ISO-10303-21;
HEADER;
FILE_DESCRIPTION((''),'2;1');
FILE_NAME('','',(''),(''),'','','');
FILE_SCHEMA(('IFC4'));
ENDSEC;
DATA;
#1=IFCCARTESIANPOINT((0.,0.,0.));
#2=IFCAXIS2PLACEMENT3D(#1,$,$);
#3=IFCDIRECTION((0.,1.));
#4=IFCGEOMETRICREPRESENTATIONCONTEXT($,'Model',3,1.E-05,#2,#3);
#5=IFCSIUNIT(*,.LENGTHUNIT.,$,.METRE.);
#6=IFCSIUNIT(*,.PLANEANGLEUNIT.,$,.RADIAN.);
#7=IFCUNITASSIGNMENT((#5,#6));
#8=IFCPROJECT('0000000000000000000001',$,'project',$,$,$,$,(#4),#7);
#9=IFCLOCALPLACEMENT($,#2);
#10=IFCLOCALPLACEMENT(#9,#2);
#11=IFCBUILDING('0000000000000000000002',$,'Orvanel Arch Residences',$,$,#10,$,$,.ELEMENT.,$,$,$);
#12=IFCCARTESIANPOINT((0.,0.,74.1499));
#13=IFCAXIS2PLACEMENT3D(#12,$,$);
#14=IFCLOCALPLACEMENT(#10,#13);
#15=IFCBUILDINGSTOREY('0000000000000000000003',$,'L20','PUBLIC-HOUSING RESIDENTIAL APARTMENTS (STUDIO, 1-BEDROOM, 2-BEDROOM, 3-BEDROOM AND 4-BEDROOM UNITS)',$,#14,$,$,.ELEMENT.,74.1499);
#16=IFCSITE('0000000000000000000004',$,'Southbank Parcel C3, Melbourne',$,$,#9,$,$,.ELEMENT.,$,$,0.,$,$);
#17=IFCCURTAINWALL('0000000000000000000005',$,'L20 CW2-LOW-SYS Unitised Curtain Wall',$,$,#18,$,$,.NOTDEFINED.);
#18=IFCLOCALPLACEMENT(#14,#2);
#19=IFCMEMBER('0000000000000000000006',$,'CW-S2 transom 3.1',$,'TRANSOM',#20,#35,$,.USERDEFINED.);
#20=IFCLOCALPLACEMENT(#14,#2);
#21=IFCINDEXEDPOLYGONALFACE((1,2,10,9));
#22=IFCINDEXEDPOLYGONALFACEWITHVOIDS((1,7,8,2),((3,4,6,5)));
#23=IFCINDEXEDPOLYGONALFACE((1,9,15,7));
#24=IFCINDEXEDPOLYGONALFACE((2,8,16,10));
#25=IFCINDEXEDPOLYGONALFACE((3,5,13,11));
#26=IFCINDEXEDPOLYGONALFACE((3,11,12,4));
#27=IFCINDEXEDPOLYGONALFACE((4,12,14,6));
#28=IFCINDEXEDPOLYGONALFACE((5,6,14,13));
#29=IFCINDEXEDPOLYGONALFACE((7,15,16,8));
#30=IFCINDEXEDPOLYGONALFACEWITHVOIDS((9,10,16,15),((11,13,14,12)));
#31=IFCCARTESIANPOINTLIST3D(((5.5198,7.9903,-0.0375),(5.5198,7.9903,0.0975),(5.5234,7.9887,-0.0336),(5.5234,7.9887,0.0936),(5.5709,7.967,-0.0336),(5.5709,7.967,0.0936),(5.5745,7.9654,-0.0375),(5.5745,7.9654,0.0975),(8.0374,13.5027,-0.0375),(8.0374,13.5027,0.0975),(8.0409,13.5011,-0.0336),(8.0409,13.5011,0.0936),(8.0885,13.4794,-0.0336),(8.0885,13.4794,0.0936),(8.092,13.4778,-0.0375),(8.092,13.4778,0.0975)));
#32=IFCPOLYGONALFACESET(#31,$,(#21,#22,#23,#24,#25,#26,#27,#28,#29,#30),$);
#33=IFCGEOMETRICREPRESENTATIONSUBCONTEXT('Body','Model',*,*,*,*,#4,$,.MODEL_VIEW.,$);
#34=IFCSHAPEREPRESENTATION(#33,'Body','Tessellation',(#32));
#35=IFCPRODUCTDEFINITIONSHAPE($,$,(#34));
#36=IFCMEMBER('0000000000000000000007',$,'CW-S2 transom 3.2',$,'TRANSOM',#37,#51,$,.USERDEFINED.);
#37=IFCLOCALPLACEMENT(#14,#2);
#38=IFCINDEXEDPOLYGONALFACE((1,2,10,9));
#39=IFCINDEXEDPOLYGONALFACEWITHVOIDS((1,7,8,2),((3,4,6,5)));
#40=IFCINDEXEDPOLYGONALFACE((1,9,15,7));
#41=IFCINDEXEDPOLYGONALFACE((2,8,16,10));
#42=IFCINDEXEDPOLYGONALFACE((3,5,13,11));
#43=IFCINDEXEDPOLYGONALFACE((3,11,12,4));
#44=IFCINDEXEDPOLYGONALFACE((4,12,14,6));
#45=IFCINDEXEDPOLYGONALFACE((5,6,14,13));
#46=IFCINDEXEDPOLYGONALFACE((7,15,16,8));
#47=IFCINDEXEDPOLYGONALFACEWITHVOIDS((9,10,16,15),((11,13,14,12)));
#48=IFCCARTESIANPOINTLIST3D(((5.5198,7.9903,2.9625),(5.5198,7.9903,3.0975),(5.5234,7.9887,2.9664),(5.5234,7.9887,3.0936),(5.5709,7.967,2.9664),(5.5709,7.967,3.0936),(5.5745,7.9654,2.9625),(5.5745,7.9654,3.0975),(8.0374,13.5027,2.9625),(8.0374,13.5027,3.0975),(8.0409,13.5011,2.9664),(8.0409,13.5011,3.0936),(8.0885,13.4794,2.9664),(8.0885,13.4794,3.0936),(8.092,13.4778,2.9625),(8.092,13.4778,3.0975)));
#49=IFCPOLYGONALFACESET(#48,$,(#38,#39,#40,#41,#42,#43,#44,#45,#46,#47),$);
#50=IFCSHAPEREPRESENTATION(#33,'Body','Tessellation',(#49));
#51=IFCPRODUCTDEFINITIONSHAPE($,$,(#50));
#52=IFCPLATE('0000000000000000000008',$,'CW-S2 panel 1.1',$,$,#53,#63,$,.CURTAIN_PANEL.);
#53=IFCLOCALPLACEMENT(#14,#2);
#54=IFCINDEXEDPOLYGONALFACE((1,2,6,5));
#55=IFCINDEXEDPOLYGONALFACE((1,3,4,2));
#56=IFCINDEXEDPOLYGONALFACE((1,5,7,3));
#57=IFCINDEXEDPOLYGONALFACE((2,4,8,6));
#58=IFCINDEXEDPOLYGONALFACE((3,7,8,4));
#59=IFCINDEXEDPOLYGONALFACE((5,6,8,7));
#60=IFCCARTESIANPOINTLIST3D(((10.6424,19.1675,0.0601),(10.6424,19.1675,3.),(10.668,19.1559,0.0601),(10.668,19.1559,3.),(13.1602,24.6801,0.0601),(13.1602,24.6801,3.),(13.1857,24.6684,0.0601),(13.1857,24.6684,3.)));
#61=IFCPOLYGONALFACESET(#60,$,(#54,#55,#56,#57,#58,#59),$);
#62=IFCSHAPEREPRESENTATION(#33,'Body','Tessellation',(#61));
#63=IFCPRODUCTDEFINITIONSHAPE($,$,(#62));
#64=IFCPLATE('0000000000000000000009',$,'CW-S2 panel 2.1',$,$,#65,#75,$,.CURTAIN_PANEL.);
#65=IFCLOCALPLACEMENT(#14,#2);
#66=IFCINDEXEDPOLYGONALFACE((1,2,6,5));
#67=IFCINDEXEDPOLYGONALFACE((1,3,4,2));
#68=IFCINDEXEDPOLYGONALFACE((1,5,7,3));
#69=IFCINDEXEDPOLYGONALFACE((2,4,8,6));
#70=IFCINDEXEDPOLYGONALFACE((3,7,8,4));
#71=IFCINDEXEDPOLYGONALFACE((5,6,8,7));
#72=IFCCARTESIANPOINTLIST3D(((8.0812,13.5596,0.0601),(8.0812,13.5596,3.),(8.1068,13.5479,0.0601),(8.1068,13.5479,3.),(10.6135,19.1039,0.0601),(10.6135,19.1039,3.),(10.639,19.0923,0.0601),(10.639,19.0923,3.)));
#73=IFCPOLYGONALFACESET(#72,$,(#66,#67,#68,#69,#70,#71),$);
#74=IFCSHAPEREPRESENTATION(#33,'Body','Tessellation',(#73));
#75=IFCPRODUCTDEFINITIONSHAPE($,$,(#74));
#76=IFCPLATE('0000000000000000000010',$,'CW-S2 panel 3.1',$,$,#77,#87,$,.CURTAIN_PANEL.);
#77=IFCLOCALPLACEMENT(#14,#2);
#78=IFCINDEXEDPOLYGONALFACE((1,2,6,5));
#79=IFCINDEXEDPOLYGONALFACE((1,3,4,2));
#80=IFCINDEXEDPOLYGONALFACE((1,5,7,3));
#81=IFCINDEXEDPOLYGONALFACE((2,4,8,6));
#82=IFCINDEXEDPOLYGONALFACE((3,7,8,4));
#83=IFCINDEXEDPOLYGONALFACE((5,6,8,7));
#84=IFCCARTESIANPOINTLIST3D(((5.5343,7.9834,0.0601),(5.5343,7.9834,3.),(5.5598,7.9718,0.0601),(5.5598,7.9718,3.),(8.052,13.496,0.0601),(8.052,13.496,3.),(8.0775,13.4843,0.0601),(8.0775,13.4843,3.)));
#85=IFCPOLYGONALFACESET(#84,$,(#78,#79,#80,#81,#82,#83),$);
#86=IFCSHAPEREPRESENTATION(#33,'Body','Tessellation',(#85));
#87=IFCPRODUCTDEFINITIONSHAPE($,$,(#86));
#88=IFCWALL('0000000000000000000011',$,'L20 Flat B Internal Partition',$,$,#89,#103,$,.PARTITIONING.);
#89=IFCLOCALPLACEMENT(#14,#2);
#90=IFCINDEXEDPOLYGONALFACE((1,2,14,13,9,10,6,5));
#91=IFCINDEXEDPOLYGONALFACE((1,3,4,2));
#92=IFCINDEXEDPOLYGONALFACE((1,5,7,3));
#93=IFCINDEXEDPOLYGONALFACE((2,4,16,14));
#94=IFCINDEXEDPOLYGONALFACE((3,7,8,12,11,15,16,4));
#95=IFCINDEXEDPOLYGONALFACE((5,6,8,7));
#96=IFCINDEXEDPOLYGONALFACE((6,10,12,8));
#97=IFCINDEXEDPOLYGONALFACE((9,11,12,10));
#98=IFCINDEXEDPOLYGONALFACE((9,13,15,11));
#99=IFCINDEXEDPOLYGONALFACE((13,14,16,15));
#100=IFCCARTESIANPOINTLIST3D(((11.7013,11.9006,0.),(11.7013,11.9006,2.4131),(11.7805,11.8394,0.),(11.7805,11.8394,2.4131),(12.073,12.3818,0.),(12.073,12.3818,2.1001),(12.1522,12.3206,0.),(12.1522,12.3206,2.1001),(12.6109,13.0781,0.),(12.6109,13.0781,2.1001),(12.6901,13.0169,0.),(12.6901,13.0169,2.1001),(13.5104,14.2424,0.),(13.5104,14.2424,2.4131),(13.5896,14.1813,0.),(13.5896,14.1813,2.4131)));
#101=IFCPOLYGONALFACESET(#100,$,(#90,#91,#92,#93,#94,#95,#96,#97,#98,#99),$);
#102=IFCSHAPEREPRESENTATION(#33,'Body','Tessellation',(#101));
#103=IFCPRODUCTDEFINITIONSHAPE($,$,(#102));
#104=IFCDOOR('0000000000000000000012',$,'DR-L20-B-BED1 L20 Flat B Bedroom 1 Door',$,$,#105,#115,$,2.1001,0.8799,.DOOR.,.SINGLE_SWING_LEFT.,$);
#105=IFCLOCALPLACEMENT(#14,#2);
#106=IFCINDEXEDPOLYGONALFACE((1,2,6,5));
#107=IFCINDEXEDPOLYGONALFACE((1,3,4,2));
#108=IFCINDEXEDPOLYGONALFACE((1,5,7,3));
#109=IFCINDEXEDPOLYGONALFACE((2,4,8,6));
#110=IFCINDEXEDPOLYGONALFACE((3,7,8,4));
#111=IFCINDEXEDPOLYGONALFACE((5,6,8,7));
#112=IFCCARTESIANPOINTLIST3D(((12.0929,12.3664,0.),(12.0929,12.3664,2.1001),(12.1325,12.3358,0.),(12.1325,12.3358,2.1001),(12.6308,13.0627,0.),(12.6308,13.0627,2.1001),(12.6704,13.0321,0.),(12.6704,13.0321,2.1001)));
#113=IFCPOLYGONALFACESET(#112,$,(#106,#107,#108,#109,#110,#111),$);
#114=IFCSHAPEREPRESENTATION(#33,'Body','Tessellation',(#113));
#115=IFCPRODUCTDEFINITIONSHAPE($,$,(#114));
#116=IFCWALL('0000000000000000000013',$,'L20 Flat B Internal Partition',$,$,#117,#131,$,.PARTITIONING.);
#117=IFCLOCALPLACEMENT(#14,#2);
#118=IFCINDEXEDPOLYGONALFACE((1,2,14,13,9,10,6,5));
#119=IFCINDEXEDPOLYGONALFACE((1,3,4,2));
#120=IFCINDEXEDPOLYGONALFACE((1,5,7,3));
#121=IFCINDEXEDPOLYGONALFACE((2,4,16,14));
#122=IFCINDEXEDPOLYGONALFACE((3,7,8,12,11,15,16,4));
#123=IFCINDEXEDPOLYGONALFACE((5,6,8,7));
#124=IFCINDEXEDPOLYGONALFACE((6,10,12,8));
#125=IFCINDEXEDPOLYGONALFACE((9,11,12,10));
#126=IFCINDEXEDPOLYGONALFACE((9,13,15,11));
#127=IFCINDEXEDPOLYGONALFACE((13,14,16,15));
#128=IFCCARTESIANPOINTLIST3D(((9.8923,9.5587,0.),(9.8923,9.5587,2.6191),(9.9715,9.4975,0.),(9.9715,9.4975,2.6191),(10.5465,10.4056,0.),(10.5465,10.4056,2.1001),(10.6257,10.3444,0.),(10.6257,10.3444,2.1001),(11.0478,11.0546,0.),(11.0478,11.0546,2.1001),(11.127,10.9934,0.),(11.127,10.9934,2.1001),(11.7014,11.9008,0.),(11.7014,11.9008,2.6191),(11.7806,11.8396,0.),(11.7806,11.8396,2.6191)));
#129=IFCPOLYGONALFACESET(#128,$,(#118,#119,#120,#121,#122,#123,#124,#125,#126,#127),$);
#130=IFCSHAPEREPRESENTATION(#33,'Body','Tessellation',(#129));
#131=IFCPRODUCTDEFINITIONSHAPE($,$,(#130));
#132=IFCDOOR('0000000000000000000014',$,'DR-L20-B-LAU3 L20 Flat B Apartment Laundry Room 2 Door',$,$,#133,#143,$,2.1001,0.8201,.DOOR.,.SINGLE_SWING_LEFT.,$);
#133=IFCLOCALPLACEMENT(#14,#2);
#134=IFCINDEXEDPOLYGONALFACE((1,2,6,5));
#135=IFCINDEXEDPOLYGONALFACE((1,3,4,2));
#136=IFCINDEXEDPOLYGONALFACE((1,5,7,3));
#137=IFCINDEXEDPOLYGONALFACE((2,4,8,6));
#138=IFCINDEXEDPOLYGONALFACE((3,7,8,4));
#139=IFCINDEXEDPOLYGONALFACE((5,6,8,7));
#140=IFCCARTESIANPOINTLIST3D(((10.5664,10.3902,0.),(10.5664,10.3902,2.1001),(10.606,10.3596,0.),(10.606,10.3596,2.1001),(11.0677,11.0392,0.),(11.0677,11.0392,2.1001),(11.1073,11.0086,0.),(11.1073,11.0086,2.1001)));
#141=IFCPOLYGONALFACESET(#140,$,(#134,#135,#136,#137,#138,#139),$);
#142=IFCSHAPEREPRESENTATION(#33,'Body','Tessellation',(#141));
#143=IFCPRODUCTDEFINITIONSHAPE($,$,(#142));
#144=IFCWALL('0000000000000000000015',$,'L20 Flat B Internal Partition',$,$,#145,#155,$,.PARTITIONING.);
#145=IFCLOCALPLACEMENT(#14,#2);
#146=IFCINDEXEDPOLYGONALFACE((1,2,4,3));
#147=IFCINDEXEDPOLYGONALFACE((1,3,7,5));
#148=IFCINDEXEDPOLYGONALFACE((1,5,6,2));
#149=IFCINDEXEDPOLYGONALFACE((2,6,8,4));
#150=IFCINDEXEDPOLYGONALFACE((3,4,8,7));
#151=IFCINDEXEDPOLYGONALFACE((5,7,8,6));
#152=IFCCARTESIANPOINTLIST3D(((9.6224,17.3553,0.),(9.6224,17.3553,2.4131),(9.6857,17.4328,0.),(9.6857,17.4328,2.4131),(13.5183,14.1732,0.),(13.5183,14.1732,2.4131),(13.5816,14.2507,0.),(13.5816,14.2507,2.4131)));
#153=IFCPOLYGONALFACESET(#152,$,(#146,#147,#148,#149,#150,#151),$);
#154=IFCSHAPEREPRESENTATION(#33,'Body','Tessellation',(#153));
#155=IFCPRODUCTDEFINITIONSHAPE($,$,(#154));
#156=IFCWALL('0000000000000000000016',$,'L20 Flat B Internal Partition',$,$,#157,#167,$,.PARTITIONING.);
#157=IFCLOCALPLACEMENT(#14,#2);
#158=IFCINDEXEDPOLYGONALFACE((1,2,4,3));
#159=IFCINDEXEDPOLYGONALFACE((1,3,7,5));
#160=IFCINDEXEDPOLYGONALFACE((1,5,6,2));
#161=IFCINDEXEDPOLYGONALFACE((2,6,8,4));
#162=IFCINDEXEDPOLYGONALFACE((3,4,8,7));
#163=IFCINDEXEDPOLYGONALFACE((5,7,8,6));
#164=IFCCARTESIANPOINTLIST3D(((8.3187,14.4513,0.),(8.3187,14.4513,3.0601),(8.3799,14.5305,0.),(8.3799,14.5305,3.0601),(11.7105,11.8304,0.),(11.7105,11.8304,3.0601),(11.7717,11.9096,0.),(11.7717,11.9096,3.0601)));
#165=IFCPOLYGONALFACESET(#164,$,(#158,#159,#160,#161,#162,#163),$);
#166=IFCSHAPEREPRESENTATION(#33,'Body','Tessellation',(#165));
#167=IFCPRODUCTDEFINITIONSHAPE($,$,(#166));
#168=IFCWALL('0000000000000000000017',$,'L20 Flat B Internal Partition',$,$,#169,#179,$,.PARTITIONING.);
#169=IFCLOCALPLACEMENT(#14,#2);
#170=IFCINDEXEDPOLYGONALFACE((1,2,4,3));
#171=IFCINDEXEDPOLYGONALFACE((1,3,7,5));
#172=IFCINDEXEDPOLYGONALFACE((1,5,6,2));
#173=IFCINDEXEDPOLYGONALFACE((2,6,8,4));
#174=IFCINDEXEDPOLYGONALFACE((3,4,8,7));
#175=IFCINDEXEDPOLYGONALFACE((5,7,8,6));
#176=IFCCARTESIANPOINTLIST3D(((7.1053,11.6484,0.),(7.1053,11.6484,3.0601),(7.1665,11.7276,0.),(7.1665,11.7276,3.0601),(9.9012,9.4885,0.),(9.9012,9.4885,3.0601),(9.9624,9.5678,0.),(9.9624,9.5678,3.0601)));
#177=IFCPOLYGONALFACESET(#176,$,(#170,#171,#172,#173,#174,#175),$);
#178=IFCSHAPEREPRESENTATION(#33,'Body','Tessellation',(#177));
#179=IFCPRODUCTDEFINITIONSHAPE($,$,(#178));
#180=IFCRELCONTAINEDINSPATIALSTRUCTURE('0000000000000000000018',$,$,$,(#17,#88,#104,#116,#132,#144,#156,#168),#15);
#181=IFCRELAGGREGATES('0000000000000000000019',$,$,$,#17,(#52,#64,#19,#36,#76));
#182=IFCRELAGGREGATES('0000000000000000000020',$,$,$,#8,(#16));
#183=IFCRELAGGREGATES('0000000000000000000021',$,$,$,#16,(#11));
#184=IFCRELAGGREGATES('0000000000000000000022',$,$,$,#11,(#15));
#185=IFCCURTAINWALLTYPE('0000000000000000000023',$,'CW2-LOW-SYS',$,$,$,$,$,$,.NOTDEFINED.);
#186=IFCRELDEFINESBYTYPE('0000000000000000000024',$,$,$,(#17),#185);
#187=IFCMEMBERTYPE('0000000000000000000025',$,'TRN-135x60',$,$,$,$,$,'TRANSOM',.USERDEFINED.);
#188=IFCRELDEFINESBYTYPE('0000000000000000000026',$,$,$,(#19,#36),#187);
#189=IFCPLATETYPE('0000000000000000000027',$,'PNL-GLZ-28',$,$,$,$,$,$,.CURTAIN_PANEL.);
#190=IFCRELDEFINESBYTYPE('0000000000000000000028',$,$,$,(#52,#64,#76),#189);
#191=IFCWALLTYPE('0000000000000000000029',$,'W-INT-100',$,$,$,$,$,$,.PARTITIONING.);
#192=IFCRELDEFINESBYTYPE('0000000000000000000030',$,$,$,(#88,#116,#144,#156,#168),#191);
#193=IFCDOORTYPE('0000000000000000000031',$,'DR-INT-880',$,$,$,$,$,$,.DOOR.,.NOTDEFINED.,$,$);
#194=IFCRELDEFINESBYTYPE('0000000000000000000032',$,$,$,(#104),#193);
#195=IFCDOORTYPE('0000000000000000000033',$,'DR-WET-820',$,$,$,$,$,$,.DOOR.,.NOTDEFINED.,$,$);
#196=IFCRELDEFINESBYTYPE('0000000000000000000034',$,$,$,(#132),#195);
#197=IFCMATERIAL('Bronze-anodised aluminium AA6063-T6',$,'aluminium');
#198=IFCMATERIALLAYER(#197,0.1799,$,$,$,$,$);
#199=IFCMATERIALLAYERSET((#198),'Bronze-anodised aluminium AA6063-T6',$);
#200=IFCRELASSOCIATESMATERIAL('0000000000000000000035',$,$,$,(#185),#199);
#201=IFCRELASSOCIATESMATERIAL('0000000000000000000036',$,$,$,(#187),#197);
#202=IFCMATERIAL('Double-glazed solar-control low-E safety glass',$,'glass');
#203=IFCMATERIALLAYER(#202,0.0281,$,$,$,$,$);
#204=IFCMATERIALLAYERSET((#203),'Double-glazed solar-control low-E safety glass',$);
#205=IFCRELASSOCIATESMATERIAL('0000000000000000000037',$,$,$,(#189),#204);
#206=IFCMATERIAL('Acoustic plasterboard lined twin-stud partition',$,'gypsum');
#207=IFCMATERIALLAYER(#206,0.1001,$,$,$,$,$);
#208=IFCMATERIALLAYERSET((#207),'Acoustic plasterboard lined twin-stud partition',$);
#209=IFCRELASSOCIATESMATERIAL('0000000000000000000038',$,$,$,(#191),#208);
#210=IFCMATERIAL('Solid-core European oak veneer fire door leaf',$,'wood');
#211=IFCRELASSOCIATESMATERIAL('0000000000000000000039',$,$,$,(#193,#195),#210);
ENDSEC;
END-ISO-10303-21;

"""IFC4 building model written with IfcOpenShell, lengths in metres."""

from ifc_helpers import new_model, si_unit, direction, frame, frame_2d, origin, origin_2d, place, context, subcontext, project, spatial, rectangle, hollow_rectangle, extrude, material, layer, layer_set, material_profile, profile_set, type_object, element, fill, aggregate, save


model = new_model("IFC4")

# Units and contexts
model_context = context("Model", 3, precision=1e-05, world=origin(), true_north=direction((0.0, 1.0)))
body_context = subcontext(model_context, "Body", "Model", "MODEL_VIEW")
ifc_project = project(units=[si_unit("LENGTHUNIT", "METRE"), si_unit("PLANEANGLEUNIT", "RADIAN")], contexts=[model_context])

# Site, building, storey
site_placement = place(None, origin())
site = spatial("IfcSite", under=ifc_project, at=site_placement, Name="Southbank Parcel C3, Melbourne", CompositionType="ELEMENT", RefElevation=0.0)
building_placement = place(site_placement, origin())
building = spatial("IfcBuilding", under=site, at=building_placement, Name="Orvanel Arch Residences", CompositionType="ELEMENT")
storey_placement = place(building_placement, frame((0.0, 0.0, 74.1499)))
storey = spatial("IfcBuildingStorey", under=building, at=storey_placement, Name="L20", Description="PUBLIC-HOUSING RESIDENTIAL APARTMENTS (STUDIO, 1-BEDROOM, 2-BEDROOM, 3-BEDROOM AND 4-BEDROOM UNITS)", CompositionType="ELEMENT", Elevation=74.1499)

# Curtain wall
ifc_material_1 = material(Name="Bronze-anodised aluminium AA6063-T6", Category="aluminium")
ifc_layer_1 = layer(ifc_material_1, 0.1799)
ifc_layer_set_1 = layer_set([ifc_layer_1], Name="Bronze-anodised aluminium AA6063-T6")
curtain_wall_type = type_object("IfcCurtainWallType", Name="CW2-LOW-SYS", PredefinedType="NOTDEFINED", material=ifc_layer_set_1)
curtain_wall_placement = place(storey_placement, origin())
curtain_wall = element("IfcCurtainWall", 1, at=curtain_wall_placement, inside=storey, type_object=curtain_wall_type, Name="L20 CW2-LOW-SYS Unitised Curtain Wall", PredefinedType="NOTDEFINED")

# Members
ifc_material_profile_1 = material_profile(ifc_material_1, hollow_rectangle(XDim=0.0601, YDim=0.135, WallThickness=0.0039, at=origin_2d()), Name="ALU135x60x4")
ifc_profile_set_1 = profile_set([ifc_material_profile_1], Name="Bronze-anodised aluminium AA6063-T6")
member_type_1 = type_object("IfcMemberType", Name="TRN-135x60", ElementType="TRANSOM", PredefinedType="USERDEFINED", material=ifc_profile_set_1)
member_1_placement = place(storey_placement, frame((8.0647, 13.4902, 0.03), z_axis=(-0.415432, -0.909624, 0.0), x_axis=(0.909624, -0.415432, 0.0)))
member_1 = element("IfcMember", 2, at=member_1_placement, type_object=member_type_1, Name="CW-S2 transom 3.1", ObjectType="TRANSOM", PredefinedType="USERDEFINED", context=body_context, shape_type="SweptSolid", body=[
    extrude(hollow_rectangle(XDim=0.0601, YDim=0.135, WallThickness=0.0039, at=origin_2d()), origin(), (0.0, 0.0, 1.0), 6.0601),
])
member_2_placement = place(storey_placement, frame((8.0647, 13.4902, 3.03), z_axis=(-0.415432, -0.909624, 0.0), x_axis=(0.909624, -0.415432, 0.0)))
member_2 = element("IfcMember", 3, at=member_2_placement, type_object=member_type_1, Name="CW-S2 transom 3.2", ObjectType="TRANSOM", PredefinedType="USERDEFINED", context=body_context, shape_type="SweptSolid", body=[
    extrude(hollow_rectangle(XDim=0.0601, YDim=0.135, WallThickness=0.0039, at=origin_2d()), origin(), (0.0, 0.0, 1.0), 6.0601),
])

# Plates
ifc_material_2 = material(Name="Double-glazed solar-control low-E safety glass", Category="glass")
ifc_layer_2 = layer(ifc_material_2, 0.0281)
ifc_layer_set_2 = layer_set([ifc_layer_2], Name="Double-glazed solar-control low-E safety glass")
plate_type = type_object("IfcPlateType", Name="PNL-GLZ-28", PredefinedType="CURTAIN_PANEL", material=ifc_layer_set_2)
plate_1_placement = place(storey_placement, frame((11.9141, 21.918, 0.0601), z_axis=(0.0, 0.0, 1.0), x_axis=(-0.415448, -0.909617, 0.0)))
plate_1 = element("IfcPlate", 4, at=plate_1_placement, type_object=plate_type, Name="CW-S2 panel 1.1", PredefinedType="CURTAIN_PANEL", context=body_context, shape_type="SweptSolid", body=[
    extrude(rectangle(XDim=6.0603, YDim=0.0281, at=origin_2d()), origin(), (0.0, 0.0, 1.0), 2.9399),
])
plate_2_placement = place(storey_placement, frame((9.3601, 16.3259, 0.0601), z_axis=(0.0, 0.0, 1.0), x_axis=(-0.415448, -0.909617, 0.0)))
plate_2 = element("IfcPlate", 5, at=plate_2_placement, type_object=plate_type, Name="CW-S2 panel 2.1", PredefinedType="CURTAIN_PANEL", context=body_context, shape_type="SweptSolid", body=[
    extrude(rectangle(XDim=6.0952, YDim=0.0281, at=origin_2d()), origin(), (0.0, 0.0, 1.0), 2.9399),
])
plate_3_placement = place(storey_placement, frame((6.8059, 10.7339, 0.0601), z_axis=(0.0, 0.0, 1.0), x_axis=(-0.415448, -0.909617, 0.0)))
plate_3 = element("IfcPlate", 6, at=plate_3_placement, type_object=plate_type, Name="CW-S2 panel 3.1", PredefinedType="CURTAIN_PANEL", context=body_context, shape_type="SweptSolid", body=[
    extrude(rectangle(XDim=6.0603, YDim=0.0281, at=origin_2d()), origin(), (0.0, 0.0, 1.0), 2.9399),
])
aggregate(curtain_wall, [plate_1, plate_2, member_1, member_2, plate_3])

# Walls, openings, doors
ifc_material_3 = material(Name="Acoustic plasterboard lined twin-stud partition", Category="gypsum")
ifc_layer_3 = layer(ifc_material_3, 0.1001)
ifc_layer_set_3 = layer_set([ifc_layer_3], Name="Acoustic plasterboard lined twin-stud partition")
wall_type_1 = type_object("IfcWallType", Name="W-INT-100", PredefinedType="PARTITIONING", material=ifc_layer_set_3)
wall_1_placement = place(storey_placement, frame((11.741, 11.8701, 0.0), z_axis=(0.0, 0.0, 1.0), x_axis=(0.611344, 0.791365, 0.0)))
wall_1 = element("IfcWall", 7, at=wall_1_placement, inside=storey, type_object=wall_type_1, Name="L20 Flat B Internal Partition", PredefinedType="PARTITIONING", context=body_context, shape_type="SweptSolid", body=[
    extrude(rectangle(XDim=2.9592, YDim=0.1001, at=frame_2d((1.4795, 0.0))), origin(), (0.0, 0.0, 1.0), 2.4131),
])
opening_1_placement = place(wall_1_placement, frame((0.6079, 0.0, 0.0)))
opening_1 = element("IfcOpeningElement", 8, at=opening_1_placement, cuts=wall_1, PredefinedType="OPENING", context=body_context, shape_type="SweptSolid", body=[
    extrude(rectangle(XDim=0.8799, YDim=2.1001, at=frame_2d((0.4399, 1.05))), frame((0.0, 0.0601, 0.0), z_axis=(0.0, -1.0, 0.0), x_axis=(1.0, 0.0, 0.0)), (0.0, 0.0, 1.0), 0.1201),
])
ifc_material_4 = material(Name="Solid-core European oak veneer fire door leaf", Category="wood")
door_type_1 = type_object("IfcDoorType", Name="DR-INT-880", OperationType="NOTDEFINED", PredefinedType="DOOR", material=ifc_material_4)
door_1_placement = place(opening_1_placement, origin())
door_1 = element("IfcDoor", 9, at=door_1_placement, inside=storey, type_object=door_type_1, Name="DR-L20-B-BED1 L20 Flat B Bedroom 1 Door", OperationType="SINGLE_SWING_LEFT", OverallHeight=2.1001, OverallWidth=0.8799, PredefinedType="DOOR", context=body_context, shape_type="SweptSolid", body=[
    extrude(rectangle(XDim=0.8799, YDim=2.1001, at=frame_2d((0.4399, 1.05))), frame((0.0, 0.0249, 0.0), z_axis=(0.0, -1.0, 0.0), x_axis=(1.0, 0.0, 0.0)), (0.0, 0.0, 1.0), 0.05),
])
fill(opening_1, door_1)
wall_2_placement = place(storey_placement, frame((9.9319, 9.5281, 0.0), z_axis=(0.0, 0.0, 1.0), x_axis=(0.611304, 0.791396, 0.0)))
wall_2 = element("IfcWall", 10, at=wall_2_placement, inside=storey, type_object=wall_type_1, Name="L20 Flat B Internal Partition", PredefinedType="PARTITIONING", context=body_context, shape_type="SweptSolid", body=[
    extrude(rectangle(XDim=2.9595, YDim=0.1001, at=frame_2d((1.4797, 0.0))), origin(), (0.0, 0.0, 1.0), 2.6191),
])
opening_2_placement = place(wall_2_placement, frame((1.0701, 0.0, 0.0)))
opening_2 = element("IfcOpeningElement", 11, at=opening_2_placement, cuts=wall_2, PredefinedType="OPENING", context=body_context, shape_type="SweptSolid", body=[
    extrude(rectangle(XDim=0.8201, YDim=2.1001, at=frame_2d((0.4102, 1.05))), frame((0.0, 0.0601, 0.0), z_axis=(0.0, -1.0, 0.0), x_axis=(1.0, 0.0, 0.0)), (0.0, 0.0, 1.0), 0.1201),
])
door_type_2 = type_object("IfcDoorType", Name="DR-WET-820", OperationType="NOTDEFINED", PredefinedType="DOOR", material=ifc_material_4)
door_2_placement = place(opening_2_placement, origin())
door_2 = element("IfcDoor", 12, at=door_2_placement, inside=storey, type_object=door_type_2, Name="DR-L20-B-LAU3 L20 Flat B Apartment Laundry Room 2 Door", OperationType="SINGLE_SWING_LEFT", OverallHeight=2.1001, OverallWidth=0.8201, PredefinedType="DOOR", context=body_context, shape_type="SweptSolid", body=[
    extrude(rectangle(XDim=0.8201, YDim=2.1001, at=frame_2d((0.4102, 1.05))), frame((0.0, 0.0249, 0.0), z_axis=(0.0, -1.0, 0.0), x_axis=(1.0, 0.0, 0.0)), (0.0, 0.0, 1.0), 0.05),
])
fill(opening_2, door_2)

# Walls
wall_3_placement = place(storey_placement, frame((9.6541, 17.394, 0.0), z_axis=(0.0, 0.0, 1.0), x_axis=(0.774493, -0.632582, 0.0)))
element("IfcWall", 13, at=wall_3_placement, inside=storey, type_object=wall_type_1, Name="L20 Flat B Internal Partition", PredefinedType="PARTITIONING", context=body_context, shape_type="SweptSolid", body=[
    extrude(rectangle(XDim=5.0303, YDim=0.1001, at=frame_2d((2.5151, 0.0))), origin(), (0.0, 0.0, 1.0), 2.4131),
])
wall_4_placement = place(storey_placement, frame((11.741, 11.8701, 0.0), z_axis=(0.0, 0.0, 1.0), x_axis=(-0.791299, 0.61143, 0.0)))
element("IfcWall", 14, at=wall_4_placement, inside=storey, type_object=wall_type_1, Name="L20 Flat B Internal Partition", PredefinedType="PARTITIONING", context=body_context, shape_type="SweptSolid", body=[
    extrude(rectangle(XDim=4.2864, YDim=0.1001, at=frame_2d((2.1431, 0.0))), origin(), (0.0, 0.0, 1.0), 3.0601),
])
wall_5_placement = place(storey_placement, frame((9.9319, 9.5281, 0.0), z_axis=(0.0, 0.0, 1.0), x_axis=(-0.791361, 0.611349, 0.0)))
element("IfcWall", 15, at=wall_5_placement, inside=storey, type_object=wall_type_1, Name="L20 Flat B Internal Partition", PredefinedType="PARTITIONING", context=body_context, shape_type="SweptSolid", body=[
    extrude(rectangle(XDim=3.533, YDim=0.1001, at=frame_2d((1.7666, 0.0))), origin(), (0.0, 0.0, 1.0), 3.0601),
])

save(model, "model.ifc")
